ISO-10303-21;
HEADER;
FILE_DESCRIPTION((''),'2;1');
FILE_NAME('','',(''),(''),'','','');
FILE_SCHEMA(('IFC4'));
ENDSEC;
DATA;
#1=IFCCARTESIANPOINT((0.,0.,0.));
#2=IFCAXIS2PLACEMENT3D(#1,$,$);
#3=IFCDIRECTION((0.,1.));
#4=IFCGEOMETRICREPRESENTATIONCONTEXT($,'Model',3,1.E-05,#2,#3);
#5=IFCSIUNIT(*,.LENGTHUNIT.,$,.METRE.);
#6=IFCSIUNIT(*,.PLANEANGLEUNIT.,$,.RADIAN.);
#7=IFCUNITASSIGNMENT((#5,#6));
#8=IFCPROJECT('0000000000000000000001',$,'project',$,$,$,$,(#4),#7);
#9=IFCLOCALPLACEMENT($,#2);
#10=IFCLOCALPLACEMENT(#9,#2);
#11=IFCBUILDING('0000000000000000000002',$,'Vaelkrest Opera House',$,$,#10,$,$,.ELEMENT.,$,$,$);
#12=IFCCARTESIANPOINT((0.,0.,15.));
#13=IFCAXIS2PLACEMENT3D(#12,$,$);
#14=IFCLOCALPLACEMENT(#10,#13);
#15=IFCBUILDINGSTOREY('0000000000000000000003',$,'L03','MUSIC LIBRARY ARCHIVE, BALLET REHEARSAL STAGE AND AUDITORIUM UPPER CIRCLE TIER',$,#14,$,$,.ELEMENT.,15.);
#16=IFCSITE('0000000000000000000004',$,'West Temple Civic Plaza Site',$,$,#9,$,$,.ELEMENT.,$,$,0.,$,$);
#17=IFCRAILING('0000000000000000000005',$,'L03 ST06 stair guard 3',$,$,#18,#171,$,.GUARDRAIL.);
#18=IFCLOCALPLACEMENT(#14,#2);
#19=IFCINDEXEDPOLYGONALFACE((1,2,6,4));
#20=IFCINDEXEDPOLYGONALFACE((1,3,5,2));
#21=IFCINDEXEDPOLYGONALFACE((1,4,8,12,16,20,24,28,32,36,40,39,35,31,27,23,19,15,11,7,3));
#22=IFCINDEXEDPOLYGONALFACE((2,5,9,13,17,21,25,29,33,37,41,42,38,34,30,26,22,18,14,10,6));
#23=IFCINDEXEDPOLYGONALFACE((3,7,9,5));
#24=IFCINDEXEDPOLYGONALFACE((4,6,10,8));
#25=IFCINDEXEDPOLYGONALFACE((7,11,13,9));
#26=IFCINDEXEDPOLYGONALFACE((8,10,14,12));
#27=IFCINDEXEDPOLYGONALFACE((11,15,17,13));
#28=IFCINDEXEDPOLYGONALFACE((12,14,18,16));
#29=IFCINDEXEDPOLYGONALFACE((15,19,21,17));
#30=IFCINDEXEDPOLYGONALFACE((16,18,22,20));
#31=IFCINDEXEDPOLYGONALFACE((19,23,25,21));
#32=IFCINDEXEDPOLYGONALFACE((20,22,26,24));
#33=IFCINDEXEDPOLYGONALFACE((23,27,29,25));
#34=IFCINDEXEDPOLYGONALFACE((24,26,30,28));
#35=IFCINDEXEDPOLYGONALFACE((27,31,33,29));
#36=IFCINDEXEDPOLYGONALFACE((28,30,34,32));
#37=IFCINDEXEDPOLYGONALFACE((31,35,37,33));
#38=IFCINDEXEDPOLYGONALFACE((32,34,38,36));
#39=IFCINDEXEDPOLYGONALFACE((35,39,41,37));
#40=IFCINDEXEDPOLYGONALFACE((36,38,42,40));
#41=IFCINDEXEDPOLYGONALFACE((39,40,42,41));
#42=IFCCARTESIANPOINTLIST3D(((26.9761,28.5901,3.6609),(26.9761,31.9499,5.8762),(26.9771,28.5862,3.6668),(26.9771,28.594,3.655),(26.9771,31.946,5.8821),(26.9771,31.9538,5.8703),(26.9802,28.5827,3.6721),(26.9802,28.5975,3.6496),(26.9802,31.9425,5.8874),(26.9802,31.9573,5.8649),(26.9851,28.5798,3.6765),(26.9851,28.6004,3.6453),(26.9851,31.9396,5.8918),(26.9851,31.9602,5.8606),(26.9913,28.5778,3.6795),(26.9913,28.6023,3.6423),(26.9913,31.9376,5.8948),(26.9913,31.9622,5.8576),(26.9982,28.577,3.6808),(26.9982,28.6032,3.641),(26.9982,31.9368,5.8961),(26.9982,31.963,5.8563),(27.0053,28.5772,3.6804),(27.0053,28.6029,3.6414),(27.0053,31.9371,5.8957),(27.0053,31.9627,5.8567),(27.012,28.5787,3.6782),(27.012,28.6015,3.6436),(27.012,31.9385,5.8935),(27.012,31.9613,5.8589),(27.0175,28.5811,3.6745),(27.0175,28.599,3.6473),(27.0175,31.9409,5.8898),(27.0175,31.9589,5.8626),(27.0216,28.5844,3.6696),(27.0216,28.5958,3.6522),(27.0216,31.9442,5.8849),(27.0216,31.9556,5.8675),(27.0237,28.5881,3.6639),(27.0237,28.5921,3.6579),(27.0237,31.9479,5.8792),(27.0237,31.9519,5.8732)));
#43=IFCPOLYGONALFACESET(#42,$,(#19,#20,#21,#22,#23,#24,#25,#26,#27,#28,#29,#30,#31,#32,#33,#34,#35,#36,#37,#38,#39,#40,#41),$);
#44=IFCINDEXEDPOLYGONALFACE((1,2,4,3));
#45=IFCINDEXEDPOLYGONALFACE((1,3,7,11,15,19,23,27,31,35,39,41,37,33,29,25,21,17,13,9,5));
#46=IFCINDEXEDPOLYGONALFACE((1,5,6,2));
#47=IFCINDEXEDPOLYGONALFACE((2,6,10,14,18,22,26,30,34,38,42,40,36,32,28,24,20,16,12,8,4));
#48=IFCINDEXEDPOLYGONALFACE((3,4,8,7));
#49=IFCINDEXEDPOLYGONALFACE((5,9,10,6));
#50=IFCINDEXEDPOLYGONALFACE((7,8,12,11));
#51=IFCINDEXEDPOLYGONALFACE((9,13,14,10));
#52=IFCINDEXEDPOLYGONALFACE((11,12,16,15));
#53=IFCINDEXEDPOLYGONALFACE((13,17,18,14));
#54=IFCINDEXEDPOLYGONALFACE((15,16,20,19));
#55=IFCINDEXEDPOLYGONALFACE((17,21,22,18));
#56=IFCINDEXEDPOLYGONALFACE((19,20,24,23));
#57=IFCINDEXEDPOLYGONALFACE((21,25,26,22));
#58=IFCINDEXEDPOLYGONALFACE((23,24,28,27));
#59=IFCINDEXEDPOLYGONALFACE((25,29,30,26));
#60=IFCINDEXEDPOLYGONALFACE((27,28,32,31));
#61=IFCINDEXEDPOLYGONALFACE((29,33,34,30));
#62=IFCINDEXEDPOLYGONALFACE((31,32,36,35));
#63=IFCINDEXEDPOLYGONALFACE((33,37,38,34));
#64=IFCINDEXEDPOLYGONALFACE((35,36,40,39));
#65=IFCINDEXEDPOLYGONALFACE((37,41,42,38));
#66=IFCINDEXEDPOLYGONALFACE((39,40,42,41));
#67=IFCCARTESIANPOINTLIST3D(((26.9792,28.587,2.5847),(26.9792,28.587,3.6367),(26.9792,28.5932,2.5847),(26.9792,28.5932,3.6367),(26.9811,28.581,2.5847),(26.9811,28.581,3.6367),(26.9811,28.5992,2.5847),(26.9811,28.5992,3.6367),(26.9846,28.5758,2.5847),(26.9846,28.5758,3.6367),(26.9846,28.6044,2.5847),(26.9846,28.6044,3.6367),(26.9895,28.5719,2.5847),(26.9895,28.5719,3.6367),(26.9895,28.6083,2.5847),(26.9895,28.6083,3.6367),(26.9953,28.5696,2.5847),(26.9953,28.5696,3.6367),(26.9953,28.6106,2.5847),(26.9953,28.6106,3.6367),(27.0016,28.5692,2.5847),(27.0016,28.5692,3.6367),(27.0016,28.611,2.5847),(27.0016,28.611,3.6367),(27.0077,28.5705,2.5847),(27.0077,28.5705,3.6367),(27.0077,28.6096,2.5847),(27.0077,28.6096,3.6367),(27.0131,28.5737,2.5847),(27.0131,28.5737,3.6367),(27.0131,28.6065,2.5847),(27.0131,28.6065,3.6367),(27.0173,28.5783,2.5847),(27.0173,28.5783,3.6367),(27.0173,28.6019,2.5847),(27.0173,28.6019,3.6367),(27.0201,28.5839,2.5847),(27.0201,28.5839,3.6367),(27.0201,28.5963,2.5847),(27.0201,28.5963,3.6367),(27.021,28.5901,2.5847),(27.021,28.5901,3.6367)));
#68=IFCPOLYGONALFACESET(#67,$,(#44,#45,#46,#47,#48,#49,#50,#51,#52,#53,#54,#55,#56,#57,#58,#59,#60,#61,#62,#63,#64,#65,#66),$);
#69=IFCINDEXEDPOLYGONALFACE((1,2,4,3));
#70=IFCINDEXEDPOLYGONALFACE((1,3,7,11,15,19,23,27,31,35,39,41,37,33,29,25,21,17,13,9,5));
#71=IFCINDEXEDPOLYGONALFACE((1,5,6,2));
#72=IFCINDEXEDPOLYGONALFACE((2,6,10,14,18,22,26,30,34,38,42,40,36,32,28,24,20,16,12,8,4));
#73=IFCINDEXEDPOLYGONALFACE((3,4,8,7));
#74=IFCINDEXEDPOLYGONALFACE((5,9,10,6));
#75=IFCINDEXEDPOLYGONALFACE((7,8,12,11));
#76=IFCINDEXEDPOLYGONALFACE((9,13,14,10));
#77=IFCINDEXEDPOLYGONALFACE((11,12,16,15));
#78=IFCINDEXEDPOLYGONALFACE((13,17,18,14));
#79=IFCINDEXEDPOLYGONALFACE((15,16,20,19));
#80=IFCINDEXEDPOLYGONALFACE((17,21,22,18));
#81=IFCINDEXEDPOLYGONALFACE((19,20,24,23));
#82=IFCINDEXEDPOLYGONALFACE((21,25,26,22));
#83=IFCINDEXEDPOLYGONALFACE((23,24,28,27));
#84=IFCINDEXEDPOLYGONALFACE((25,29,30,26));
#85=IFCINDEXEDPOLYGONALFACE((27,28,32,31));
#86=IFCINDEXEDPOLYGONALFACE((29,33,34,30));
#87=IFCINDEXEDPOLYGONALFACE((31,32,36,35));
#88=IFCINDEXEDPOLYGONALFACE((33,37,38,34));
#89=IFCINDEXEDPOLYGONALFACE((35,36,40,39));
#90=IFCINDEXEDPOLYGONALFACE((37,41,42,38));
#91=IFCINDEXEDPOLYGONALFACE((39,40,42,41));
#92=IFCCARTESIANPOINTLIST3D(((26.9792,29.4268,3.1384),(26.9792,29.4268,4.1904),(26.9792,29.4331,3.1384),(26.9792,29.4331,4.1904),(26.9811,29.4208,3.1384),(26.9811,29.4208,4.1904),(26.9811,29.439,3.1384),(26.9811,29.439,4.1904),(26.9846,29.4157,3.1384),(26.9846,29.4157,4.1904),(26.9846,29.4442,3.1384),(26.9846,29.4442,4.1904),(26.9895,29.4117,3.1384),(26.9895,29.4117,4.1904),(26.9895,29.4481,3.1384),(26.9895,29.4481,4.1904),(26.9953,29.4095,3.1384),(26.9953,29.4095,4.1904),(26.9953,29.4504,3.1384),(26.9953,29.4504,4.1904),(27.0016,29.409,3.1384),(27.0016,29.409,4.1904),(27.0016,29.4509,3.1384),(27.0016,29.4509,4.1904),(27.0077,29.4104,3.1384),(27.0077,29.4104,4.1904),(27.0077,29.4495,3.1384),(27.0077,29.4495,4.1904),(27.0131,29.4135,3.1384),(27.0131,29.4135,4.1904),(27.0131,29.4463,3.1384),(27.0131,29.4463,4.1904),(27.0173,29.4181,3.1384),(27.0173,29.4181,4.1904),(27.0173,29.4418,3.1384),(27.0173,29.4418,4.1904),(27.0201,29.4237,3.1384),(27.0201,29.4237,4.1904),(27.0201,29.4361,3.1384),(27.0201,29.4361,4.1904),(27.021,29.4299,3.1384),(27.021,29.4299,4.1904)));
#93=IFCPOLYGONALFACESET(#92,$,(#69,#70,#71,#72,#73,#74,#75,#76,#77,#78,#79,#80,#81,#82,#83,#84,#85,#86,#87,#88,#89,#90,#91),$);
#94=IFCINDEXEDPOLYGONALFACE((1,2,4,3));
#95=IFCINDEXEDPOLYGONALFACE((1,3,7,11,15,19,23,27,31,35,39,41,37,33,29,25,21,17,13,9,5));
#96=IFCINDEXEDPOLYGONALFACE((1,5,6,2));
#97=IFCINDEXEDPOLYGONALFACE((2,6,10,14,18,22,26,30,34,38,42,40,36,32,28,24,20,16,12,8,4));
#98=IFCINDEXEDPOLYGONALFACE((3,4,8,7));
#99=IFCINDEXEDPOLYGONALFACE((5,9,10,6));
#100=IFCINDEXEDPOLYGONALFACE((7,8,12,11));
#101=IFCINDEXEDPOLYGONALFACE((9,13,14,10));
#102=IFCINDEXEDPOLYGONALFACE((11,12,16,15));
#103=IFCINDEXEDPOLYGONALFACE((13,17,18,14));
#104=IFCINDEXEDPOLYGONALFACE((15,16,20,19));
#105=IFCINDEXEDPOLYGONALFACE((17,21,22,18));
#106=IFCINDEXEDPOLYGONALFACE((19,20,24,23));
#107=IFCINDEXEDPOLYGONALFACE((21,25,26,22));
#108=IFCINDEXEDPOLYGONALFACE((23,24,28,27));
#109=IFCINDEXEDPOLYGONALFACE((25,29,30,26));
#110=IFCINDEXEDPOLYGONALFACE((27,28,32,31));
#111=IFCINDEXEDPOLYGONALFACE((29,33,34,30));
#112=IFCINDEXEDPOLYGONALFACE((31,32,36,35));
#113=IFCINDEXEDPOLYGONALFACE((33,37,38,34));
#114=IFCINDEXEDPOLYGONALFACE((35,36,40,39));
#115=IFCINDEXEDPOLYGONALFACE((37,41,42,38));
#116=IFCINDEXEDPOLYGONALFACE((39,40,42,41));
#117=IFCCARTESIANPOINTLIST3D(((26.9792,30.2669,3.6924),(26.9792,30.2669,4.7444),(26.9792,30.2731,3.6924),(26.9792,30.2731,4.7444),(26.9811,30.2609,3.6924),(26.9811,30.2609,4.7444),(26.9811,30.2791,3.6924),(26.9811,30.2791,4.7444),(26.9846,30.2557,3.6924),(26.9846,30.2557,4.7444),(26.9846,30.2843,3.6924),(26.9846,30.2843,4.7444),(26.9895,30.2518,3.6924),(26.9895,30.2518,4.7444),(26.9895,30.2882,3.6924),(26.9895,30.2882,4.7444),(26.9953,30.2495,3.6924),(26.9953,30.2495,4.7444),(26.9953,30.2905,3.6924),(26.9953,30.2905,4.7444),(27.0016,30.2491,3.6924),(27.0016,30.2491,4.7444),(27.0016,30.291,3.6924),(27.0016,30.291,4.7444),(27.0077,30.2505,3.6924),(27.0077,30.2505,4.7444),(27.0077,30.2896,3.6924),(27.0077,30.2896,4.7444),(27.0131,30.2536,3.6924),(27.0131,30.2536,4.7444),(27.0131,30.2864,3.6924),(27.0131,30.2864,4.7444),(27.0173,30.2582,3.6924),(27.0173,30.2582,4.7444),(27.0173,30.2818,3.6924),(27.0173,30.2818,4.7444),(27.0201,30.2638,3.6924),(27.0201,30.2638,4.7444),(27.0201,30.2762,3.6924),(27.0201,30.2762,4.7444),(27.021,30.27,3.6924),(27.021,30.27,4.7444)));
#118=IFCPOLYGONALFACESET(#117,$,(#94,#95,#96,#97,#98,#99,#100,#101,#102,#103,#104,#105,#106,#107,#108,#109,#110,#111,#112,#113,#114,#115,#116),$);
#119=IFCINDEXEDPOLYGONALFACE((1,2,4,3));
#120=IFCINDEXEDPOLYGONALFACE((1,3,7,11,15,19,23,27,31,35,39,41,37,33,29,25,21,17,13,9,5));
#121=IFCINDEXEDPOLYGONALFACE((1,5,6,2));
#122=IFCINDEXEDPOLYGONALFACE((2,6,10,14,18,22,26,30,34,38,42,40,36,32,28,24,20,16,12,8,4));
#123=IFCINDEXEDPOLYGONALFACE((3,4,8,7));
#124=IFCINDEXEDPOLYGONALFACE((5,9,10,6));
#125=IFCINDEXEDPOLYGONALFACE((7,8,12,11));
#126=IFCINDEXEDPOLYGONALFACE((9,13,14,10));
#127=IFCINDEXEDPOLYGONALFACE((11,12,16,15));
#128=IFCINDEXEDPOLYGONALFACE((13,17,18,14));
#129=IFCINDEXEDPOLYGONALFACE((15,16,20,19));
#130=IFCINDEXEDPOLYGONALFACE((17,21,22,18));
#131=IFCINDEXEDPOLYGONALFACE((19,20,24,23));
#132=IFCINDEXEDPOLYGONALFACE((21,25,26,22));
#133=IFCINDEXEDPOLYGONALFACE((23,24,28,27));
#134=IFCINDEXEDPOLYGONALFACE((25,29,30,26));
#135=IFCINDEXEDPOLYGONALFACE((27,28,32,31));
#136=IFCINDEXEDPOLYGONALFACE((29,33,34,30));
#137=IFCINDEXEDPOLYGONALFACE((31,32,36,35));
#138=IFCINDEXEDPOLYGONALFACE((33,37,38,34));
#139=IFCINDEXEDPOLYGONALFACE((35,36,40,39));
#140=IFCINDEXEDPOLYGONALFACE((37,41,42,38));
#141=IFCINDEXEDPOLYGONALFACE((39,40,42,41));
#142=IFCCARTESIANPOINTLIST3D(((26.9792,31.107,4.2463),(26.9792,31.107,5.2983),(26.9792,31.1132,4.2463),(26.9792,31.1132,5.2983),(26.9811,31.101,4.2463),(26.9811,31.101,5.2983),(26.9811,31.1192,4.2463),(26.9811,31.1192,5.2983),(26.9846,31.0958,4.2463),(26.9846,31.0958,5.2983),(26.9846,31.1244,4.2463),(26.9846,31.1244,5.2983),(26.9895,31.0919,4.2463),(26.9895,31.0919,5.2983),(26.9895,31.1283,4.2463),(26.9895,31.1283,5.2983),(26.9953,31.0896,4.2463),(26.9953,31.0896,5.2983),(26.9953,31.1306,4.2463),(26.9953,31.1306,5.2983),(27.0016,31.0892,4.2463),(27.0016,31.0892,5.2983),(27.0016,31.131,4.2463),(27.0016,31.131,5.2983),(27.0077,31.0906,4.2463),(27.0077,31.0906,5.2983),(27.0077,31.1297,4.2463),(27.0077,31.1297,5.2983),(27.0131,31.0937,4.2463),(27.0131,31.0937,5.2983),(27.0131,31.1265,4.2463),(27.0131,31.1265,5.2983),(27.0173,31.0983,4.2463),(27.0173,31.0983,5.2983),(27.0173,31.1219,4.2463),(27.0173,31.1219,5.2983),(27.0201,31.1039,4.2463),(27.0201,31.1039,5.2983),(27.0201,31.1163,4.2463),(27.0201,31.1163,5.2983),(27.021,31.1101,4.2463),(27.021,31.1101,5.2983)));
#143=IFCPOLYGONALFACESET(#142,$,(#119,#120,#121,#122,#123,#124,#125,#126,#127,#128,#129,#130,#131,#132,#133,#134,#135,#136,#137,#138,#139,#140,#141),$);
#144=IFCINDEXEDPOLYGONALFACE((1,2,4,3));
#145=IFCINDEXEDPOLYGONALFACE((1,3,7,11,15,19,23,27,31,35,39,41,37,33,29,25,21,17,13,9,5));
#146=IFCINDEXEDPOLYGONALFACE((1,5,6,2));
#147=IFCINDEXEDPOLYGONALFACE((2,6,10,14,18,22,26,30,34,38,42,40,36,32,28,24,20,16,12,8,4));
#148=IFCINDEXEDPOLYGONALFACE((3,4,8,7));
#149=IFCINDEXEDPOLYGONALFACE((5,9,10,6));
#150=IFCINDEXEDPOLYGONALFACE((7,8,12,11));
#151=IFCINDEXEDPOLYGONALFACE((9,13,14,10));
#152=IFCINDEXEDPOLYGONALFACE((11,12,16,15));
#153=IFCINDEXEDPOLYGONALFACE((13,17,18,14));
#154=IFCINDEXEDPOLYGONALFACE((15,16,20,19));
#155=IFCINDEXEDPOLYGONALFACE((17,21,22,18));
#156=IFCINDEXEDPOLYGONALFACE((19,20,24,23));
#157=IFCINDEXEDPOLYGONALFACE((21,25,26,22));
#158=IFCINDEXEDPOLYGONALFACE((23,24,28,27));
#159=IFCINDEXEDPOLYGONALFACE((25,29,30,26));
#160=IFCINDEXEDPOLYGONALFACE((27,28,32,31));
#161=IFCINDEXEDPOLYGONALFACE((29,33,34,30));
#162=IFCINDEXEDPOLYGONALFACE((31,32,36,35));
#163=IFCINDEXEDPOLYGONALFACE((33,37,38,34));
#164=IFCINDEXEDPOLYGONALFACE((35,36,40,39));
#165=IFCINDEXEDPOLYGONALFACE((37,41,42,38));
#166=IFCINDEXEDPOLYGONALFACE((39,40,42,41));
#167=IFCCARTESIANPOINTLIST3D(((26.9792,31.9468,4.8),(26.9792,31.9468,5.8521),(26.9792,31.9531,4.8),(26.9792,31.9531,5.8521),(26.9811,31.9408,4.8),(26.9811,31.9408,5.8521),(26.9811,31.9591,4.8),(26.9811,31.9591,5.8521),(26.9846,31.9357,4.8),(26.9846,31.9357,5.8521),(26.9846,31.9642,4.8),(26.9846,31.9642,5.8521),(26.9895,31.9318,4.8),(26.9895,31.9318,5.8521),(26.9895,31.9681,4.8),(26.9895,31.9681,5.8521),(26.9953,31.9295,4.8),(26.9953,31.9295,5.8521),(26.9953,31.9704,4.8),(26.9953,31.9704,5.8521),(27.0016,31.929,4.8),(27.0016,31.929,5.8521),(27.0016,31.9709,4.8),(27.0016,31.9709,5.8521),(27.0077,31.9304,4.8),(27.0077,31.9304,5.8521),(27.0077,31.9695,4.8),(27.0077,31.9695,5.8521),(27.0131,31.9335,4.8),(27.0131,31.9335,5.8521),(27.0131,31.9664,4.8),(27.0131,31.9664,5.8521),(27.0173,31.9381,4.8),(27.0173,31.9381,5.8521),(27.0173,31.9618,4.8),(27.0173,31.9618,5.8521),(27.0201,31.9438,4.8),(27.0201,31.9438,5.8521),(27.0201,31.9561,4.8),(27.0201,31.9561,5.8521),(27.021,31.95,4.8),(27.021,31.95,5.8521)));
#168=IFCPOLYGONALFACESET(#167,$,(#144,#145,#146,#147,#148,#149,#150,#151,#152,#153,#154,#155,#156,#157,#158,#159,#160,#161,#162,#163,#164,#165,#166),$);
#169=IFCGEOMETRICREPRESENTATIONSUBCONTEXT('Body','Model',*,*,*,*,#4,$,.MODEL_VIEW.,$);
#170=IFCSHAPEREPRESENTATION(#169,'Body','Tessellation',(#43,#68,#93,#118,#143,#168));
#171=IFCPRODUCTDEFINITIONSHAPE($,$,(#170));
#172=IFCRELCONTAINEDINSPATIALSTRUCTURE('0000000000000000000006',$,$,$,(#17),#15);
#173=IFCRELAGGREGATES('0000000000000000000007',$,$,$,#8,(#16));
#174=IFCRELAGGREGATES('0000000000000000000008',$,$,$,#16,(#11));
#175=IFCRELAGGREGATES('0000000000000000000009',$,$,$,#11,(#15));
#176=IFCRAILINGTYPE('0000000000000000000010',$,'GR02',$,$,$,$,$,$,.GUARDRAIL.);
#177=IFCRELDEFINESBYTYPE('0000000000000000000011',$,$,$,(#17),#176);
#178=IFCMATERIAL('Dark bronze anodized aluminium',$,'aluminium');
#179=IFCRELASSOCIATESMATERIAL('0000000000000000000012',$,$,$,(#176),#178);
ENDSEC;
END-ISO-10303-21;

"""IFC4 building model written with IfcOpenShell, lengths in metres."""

from ifc_helpers import new_model, si_unit, direction, frame, origin, origin_2d, place, context, subcontext, project, spatial, circle, extrude, material, type_object, element, save


model = new_model("IFC4")

# Units and contexts
model_context = context("Model", 3, precision=1e-05, world=origin(), true_north=direction((0.0, 1.0)))
body_context = subcontext(model_context, "Body", "Model", "MODEL_VIEW")
ifc_project = project(units=[si_unit("LENGTHUNIT", "METRE"), si_unit("PLANEANGLEUNIT", "RADIAN")], contexts=[model_context])

# Site, building, storey
site_placement = place(None, origin())
site = spatial("IfcSite", under=ifc_project, at=site_placement, Name="West Temple Civic Plaza Site", CompositionType="ELEMENT", RefElevation=0.0)
building_placement = place(site_placement, origin())
building = spatial("IfcBuilding", under=site, at=building_placement, Name="Vaelkrest Opera House", CompositionType="ELEMENT")
storey_placement = place(building_placement, frame((0.0, 0.0, 15.0)))
storey = spatial("IfcBuildingStorey", under=building, at=storey_placement, Name="L03", Description="MUSIC LIBRARY ARCHIVE, BALLET REHEARSAL STAGE AND AUDITORIUM UPPER CIRCLE TIER", CompositionType="ELEMENT", Elevation=15.0)

# Railing
ifc_material_1 = material(Name="Dark bronze anodized aluminium", Category="aluminium")
railing_type_1 = type_object("IfcRailingType", Name="GR02", PredefinedType="GUARDRAIL", material=ifc_material_1)
railing_1_placement = place(storey_placement, frame((27.0, 28.5901, 2.5847)))
element("IfcRailing", 1, at=railing_1_placement, inside=storey, type_object=railing_type_1, Name="L03 ST06 stair guard 3", PredefinedType="GUARDRAIL", context=body_context, shape_type="SweptSolid", body=[
    extrude(circle(Radius=0.0239, at=origin_2d()), frame((0.0, 0.0, 1.0762), z_axis=(0.0, 0.834858, 0.550465), x_axis=(-1.0, 0.0, 0.0)), (0.0, 0.0, 1.0), 4.0244),
    extrude(circle(Radius=0.021, at=origin_2d()), origin(), (0.0, 0.0, 1.0), 1.052),
    extrude(circle(Radius=0.021, at=origin_2d()), frame((0.0, 0.8398, 0.5537)), (0.0, 0.0, 1.0), 1.052),
    extrude(circle(Radius=0.021, at=origin_2d()), frame((0.0, 1.6799, 1.1077)), (0.0, 0.0, 1.0), 1.052),
    extrude(circle(Radius=0.021, at=origin_2d()), frame((0.0, 2.52, 1.6616)), (0.0, 0.0, 1.0), 1.052),
    extrude(circle(Radius=0.021, at=origin_2d()), frame((0.0, 3.3599, 2.2153)), (0.0, 0.0, 1.0), 1.052),
])

save(model, "model.ifc")
